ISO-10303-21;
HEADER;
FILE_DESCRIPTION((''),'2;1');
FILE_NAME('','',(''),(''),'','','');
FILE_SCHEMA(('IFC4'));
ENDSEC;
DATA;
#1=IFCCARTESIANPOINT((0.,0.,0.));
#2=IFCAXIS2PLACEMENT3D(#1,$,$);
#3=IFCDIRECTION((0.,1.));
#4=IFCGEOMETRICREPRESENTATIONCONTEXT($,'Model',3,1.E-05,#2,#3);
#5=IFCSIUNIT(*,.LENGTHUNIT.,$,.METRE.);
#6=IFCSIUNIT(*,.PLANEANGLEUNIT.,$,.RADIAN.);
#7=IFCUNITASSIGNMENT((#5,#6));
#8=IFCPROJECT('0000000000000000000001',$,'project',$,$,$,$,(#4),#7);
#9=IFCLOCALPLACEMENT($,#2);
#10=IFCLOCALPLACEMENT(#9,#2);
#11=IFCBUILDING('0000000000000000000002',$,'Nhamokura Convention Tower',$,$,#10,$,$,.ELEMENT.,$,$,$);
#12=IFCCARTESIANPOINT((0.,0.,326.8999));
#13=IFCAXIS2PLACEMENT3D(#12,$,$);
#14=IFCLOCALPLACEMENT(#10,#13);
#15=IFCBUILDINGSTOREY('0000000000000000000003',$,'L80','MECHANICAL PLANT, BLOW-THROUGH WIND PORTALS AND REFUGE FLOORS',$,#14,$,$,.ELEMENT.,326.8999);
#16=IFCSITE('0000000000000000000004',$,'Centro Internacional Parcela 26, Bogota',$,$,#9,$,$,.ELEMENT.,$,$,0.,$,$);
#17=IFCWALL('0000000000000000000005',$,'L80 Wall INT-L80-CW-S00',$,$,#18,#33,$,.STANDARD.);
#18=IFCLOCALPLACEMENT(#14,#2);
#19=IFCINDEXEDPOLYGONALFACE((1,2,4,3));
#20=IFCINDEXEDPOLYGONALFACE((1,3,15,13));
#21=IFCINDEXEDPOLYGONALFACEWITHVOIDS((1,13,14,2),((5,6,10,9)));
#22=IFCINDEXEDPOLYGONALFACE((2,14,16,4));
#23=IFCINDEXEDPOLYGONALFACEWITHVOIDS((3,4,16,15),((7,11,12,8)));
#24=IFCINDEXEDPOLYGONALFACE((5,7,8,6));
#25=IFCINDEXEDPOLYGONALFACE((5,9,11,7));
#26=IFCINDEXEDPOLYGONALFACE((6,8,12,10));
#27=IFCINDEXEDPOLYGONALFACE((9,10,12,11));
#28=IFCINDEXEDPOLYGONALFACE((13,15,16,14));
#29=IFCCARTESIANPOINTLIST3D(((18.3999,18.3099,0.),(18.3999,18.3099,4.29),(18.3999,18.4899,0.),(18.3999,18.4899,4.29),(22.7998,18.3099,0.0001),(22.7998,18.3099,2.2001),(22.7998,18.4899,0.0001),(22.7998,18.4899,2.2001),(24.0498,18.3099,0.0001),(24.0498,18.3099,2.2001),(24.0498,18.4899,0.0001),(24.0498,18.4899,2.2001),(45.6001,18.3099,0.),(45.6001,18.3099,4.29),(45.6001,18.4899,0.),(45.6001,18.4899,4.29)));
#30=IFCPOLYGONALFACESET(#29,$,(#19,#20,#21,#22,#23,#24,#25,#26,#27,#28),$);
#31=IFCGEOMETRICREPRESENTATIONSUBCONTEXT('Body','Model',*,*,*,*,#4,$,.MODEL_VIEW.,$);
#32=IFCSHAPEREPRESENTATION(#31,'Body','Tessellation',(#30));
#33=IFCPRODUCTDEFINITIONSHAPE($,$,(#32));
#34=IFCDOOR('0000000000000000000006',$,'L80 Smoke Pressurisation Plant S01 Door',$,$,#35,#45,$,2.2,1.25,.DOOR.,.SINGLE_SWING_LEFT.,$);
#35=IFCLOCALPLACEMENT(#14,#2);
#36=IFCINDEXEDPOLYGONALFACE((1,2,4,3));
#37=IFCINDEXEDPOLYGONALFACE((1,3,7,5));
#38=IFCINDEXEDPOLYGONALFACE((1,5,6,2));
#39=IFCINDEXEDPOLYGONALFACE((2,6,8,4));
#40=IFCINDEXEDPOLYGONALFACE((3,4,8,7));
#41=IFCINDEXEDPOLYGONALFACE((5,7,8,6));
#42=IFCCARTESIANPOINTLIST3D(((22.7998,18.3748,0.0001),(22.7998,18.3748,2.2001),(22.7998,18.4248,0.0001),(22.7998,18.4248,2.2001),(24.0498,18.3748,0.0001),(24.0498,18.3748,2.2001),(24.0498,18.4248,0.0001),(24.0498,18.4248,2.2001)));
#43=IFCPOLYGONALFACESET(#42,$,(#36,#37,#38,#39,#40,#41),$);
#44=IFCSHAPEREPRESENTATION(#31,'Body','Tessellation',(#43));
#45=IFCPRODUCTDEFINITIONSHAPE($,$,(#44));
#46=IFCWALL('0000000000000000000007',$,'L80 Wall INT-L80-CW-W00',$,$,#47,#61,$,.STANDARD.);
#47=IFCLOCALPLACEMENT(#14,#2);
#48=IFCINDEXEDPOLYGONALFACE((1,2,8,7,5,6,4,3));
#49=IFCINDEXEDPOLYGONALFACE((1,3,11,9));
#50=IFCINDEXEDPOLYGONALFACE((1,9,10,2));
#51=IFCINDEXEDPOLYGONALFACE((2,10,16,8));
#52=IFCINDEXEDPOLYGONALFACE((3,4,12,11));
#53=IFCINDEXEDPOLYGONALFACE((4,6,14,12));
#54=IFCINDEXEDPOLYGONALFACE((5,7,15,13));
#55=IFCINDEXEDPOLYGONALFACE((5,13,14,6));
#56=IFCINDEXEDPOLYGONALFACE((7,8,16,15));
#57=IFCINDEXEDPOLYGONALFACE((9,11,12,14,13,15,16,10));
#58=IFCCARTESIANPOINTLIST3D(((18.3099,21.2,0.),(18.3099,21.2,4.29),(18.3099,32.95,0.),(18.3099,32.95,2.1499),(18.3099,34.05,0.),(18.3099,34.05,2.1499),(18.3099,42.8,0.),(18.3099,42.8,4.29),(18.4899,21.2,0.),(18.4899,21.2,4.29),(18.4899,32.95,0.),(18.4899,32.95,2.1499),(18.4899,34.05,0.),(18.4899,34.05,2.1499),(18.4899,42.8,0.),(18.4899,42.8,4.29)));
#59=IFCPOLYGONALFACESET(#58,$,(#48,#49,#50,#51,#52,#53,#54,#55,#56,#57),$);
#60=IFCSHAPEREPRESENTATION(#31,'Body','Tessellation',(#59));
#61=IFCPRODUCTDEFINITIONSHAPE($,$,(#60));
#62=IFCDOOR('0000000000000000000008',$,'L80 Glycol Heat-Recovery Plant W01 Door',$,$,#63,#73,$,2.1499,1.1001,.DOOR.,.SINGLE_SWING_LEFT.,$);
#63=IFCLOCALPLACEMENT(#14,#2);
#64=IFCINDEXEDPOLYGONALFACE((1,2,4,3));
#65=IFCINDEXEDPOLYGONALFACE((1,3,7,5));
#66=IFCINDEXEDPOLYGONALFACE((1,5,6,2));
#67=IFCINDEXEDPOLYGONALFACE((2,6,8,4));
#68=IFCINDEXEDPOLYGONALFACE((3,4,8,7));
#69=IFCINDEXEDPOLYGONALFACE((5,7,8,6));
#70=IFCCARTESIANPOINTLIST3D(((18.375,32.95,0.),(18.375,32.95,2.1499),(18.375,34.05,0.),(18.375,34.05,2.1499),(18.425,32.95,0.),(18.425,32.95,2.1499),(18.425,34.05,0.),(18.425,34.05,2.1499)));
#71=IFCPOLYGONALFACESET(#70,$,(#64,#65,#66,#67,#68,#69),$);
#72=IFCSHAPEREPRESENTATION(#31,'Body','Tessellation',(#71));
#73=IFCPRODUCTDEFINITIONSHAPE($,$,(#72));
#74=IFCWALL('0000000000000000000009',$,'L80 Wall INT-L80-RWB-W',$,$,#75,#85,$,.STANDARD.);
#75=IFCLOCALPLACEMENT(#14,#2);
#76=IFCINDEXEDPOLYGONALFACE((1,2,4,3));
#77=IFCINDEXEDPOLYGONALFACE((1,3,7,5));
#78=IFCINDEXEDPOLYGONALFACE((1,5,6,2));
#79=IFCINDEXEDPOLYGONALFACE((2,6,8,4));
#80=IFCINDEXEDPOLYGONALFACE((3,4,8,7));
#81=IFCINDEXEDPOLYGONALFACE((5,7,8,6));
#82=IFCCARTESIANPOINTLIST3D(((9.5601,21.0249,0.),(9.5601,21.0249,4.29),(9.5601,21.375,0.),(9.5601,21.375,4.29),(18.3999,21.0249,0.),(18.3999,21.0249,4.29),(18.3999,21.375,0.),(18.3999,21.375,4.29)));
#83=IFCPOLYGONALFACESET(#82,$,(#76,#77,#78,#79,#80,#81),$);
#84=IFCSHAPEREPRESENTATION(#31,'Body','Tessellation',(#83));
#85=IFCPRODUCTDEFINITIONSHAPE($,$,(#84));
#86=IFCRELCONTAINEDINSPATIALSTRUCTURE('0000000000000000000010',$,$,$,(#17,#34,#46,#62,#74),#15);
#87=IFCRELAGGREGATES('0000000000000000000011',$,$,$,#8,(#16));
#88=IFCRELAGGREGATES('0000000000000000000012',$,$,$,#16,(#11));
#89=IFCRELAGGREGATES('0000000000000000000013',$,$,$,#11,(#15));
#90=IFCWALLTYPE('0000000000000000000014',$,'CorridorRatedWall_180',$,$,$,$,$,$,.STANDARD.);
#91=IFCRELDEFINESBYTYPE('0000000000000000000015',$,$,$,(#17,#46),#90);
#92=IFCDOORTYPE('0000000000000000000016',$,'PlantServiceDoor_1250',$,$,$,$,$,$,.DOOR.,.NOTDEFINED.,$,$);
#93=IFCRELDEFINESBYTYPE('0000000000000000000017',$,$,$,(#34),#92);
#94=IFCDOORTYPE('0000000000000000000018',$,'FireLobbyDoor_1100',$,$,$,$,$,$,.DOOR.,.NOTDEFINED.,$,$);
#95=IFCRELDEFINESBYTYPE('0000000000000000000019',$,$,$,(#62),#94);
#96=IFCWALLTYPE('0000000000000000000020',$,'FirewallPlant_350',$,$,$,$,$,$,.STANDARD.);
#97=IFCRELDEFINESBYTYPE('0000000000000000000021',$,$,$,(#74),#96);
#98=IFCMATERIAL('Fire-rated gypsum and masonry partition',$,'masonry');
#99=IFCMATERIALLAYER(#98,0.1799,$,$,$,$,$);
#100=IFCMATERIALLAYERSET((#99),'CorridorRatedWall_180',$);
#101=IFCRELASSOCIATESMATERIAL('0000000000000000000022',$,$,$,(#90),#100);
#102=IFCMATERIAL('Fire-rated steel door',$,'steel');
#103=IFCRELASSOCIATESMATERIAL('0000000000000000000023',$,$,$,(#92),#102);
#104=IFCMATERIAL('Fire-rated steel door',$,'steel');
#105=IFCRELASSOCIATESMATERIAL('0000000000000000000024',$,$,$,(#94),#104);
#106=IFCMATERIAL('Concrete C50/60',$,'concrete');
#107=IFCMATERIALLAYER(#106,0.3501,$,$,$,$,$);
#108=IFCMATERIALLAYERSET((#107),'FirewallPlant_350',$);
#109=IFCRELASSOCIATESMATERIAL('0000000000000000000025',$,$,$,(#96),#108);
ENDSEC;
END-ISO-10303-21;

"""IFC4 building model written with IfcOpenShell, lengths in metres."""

from ifc_helpers import new_model, si_unit, direction, frame, frame_2d, origin, place, context, subcontext, project, spatial, rectangle, extrude, material, layer, layer_set, type_object, element, fill, save


model = new_model("IFC4")

# Units and contexts
model_context = context("Model", 3, precision=1e-05, world=origin(), true_north=direction((0.0, 1.0)))
body_context = subcontext(model_context, "Body", "Model", "MODEL_VIEW")
ifc_project = project(units=[si_unit("LENGTHUNIT", "METRE"), si_unit("PLANEANGLEUNIT", "RADIAN")], contexts=[model_context])

# Site, building, storey
site_placement = place(None, origin())
site = spatial("IfcSite", under=ifc_project, at=site_placement, Name="Centro Internacional Parcela 26, Bogota", CompositionType="ELEMENT", RefElevation=0.0)
building_placement = place(site_placement, origin())
building = spatial("IfcBuilding", under=site, at=building_placement, Name="Nhamokura Convention Tower", CompositionType="ELEMENT")
storey_placement = place(building_placement, frame((0.0, 0.0, 326.8999)))
storey = spatial("IfcBuildingStorey", under=building, at=storey_placement, Name="L80", Description="MECHANICAL PLANT, BLOW-THROUGH WIND PORTALS AND REFUGE FLOORS", CompositionType="ELEMENT", Elevation=326.8999)

# Walls, openings, doors
ifc_material_1 = material(Name="Fire-rated gypsum and masonry partition", Category="masonry")
ifc_layer_1 = layer(ifc_material_1, 0.1799)
ifc_layer_set_1 = layer_set([ifc_layer_1], Name="CorridorRatedWall_180")
wall_type_1 = type_object("IfcWallType", Name="CorridorRatedWall_180", PredefinedType="STANDARD", material=ifc_layer_set_1)
wall_1_placement = place(storey_placement, frame((18.3999, 18.3999, 0.0), z_axis=(0.0, 0.0, 1.0), x_axis=(1.0, 0.0, 0.0)))
wall_1 = element("IfcWall", 1, at=wall_1_placement, inside=storey, type_object=wall_type_1, Name="L80 Wall INT-L80-CW-S00", PredefinedType="STANDARD", context=body_context, shape_type="SweptSolid", body=[
    extrude(rectangle(XDim=27.2002, YDim=0.1799, at=frame_2d((13.6001, 0.0))), origin(), (0.0, 0.0, 1.0), 4.29),
])
opening_1_placement = place(wall_1_placement, frame((4.3999, 0.0, 0.0)))
opening_1 = element("IfcOpeningElement", 2, at=opening_1_placement, cuts=wall_1, PredefinedType="OPENING", context=body_context, shape_type="SweptSolid", body=[
    extrude(rectangle(XDim=1.25, YDim=2.2, at=frame_2d((0.625, 1.1001))), frame((0.0, 0.0999, 0.0), z_axis=(0.0, -1.0, 0.0), x_axis=(1.0, 0.0, 0.0)), (0.0, 0.0, 1.0), 0.2),
])
ifc_material_2 = material(Name="Fire-rated steel door", Category="steel")
door_type_1 = type_object("IfcDoorType", Name="PlantServiceDoor_1250", OperationType="NOTDEFINED", PredefinedType="DOOR", material=ifc_material_2)
door_1_placement = place(opening_1_placement, origin())
door_1 = element("IfcDoor", 3, at=door_1_placement, inside=storey, type_object=door_type_1, Name="L80 Smoke Pressurisation Plant S01 Door", OperationType="SINGLE_SWING_LEFT", OverallHeight=2.2, OverallWidth=1.25, PredefinedType="DOOR", context=body_context, shape_type="SweptSolid", body=[
    extrude(rectangle(XDim=1.25, YDim=2.2, at=frame_2d((0.625, 1.1001))), frame((0.0, 0.0249, 0.0), z_axis=(0.0, -1.0, 0.0), x_axis=(1.0, 0.0, 0.0)), (0.0, 0.0, 1.0), 0.05),
])
fill(opening_1, door_1)
wall_2_placement = place(storey_placement, frame((18.3999, 21.2, 0.0), z_axis=(0.0, 0.0, 1.0), x_axis=(0.0, 1.0, 0.0)))
wall_2 = element("IfcWall", 4, at=wall_2_placement, inside=storey, type_object=wall_type_1, Name="L80 Wall INT-L80-CW-W00", PredefinedType="STANDARD", context=body_context, shape_type="SweptSolid", body=[
    extrude(rectangle(XDim=21.6001, YDim=0.1799, at=frame_2d((10.8, 0.0))), origin(), (0.0, 0.0, 1.0), 4.29),
])
opening_2_placement = place(wall_2_placement, frame((11.75, 0.0, 0.0)))
opening_2 = element("IfcOpeningElement", 5, at=opening_2_placement, cuts=wall_2, PredefinedType="OPENING", context=body_context, shape_type="SweptSolid", body=[
    extrude(rectangle(XDim=1.1001, YDim=2.1499, at=frame_2d((0.55, 1.075))), frame((0.0, 0.0999, 0.0), z_axis=(0.0, -1.0, 0.0), x_axis=(1.0, 0.0, 0.0)), (0.0, 0.0, 1.0), 0.2),
])
ifc_material_3 = material(Name="Fire-rated steel door", Category="steel")
door_type_2 = type_object("IfcDoorType", Name="FireLobbyDoor_1100", OperationType="NOTDEFINED", PredefinedType="DOOR", material=ifc_material_3)
door_2_placement = place(opening_2_placement, origin())
door_2 = element("IfcDoor", 6, at=door_2_placement, inside=storey, type_object=door_type_2, Name="L80 Glycol Heat-Recovery Plant W01 Door", OperationType="SINGLE_SWING_LEFT", OverallHeight=2.1499, OverallWidth=1.1001, PredefinedType="DOOR", context=body_context, shape_type="SweptSolid", body=[
    extrude(rectangle(XDim=1.1001, YDim=2.1499, at=frame_2d((0.55, 1.075))), frame((0.0, 0.0249, 0.0), z_axis=(0.0, -1.0, 0.0), x_axis=(1.0, 0.0, 0.0)), (0.0, 0.0, 1.0), 0.05),
])
fill(opening_2, door_2)

# Wall
ifc_material_4 = material(Name="Concrete C50/60", Category="concrete")
ifc_layer_2 = layer(ifc_material_4, 0.3501)
ifc_layer_set_2 = layer_set([ifc_layer_2], Name="FirewallPlant_350")
wall_type_2 = type_object("IfcWallType", Name="FirewallPlant_350", PredefinedType="STANDARD", material=ifc_layer_set_2)
wall_3_placement = place(storey_placement, frame((9.5601, 21.2, 0.0), z_axis=(0.0, 0.0, 1.0), x_axis=(1.0, 0.0, 0.0)))
element("IfcWall", 7, at=wall_3_placement, inside=storey, type_object=wall_type_2, Name="L80 Wall INT-L80-RWB-W", PredefinedType="STANDARD", context=body_context, shape_type="SweptSolid", body=[
    extrude(rectangle(XDim=8.8398, YDim=0.3501, at=frame_2d((4.4199, 0.0))), origin(), (0.0, 0.0, 1.0), 4.29),
])

save(model, "model.ifc")
